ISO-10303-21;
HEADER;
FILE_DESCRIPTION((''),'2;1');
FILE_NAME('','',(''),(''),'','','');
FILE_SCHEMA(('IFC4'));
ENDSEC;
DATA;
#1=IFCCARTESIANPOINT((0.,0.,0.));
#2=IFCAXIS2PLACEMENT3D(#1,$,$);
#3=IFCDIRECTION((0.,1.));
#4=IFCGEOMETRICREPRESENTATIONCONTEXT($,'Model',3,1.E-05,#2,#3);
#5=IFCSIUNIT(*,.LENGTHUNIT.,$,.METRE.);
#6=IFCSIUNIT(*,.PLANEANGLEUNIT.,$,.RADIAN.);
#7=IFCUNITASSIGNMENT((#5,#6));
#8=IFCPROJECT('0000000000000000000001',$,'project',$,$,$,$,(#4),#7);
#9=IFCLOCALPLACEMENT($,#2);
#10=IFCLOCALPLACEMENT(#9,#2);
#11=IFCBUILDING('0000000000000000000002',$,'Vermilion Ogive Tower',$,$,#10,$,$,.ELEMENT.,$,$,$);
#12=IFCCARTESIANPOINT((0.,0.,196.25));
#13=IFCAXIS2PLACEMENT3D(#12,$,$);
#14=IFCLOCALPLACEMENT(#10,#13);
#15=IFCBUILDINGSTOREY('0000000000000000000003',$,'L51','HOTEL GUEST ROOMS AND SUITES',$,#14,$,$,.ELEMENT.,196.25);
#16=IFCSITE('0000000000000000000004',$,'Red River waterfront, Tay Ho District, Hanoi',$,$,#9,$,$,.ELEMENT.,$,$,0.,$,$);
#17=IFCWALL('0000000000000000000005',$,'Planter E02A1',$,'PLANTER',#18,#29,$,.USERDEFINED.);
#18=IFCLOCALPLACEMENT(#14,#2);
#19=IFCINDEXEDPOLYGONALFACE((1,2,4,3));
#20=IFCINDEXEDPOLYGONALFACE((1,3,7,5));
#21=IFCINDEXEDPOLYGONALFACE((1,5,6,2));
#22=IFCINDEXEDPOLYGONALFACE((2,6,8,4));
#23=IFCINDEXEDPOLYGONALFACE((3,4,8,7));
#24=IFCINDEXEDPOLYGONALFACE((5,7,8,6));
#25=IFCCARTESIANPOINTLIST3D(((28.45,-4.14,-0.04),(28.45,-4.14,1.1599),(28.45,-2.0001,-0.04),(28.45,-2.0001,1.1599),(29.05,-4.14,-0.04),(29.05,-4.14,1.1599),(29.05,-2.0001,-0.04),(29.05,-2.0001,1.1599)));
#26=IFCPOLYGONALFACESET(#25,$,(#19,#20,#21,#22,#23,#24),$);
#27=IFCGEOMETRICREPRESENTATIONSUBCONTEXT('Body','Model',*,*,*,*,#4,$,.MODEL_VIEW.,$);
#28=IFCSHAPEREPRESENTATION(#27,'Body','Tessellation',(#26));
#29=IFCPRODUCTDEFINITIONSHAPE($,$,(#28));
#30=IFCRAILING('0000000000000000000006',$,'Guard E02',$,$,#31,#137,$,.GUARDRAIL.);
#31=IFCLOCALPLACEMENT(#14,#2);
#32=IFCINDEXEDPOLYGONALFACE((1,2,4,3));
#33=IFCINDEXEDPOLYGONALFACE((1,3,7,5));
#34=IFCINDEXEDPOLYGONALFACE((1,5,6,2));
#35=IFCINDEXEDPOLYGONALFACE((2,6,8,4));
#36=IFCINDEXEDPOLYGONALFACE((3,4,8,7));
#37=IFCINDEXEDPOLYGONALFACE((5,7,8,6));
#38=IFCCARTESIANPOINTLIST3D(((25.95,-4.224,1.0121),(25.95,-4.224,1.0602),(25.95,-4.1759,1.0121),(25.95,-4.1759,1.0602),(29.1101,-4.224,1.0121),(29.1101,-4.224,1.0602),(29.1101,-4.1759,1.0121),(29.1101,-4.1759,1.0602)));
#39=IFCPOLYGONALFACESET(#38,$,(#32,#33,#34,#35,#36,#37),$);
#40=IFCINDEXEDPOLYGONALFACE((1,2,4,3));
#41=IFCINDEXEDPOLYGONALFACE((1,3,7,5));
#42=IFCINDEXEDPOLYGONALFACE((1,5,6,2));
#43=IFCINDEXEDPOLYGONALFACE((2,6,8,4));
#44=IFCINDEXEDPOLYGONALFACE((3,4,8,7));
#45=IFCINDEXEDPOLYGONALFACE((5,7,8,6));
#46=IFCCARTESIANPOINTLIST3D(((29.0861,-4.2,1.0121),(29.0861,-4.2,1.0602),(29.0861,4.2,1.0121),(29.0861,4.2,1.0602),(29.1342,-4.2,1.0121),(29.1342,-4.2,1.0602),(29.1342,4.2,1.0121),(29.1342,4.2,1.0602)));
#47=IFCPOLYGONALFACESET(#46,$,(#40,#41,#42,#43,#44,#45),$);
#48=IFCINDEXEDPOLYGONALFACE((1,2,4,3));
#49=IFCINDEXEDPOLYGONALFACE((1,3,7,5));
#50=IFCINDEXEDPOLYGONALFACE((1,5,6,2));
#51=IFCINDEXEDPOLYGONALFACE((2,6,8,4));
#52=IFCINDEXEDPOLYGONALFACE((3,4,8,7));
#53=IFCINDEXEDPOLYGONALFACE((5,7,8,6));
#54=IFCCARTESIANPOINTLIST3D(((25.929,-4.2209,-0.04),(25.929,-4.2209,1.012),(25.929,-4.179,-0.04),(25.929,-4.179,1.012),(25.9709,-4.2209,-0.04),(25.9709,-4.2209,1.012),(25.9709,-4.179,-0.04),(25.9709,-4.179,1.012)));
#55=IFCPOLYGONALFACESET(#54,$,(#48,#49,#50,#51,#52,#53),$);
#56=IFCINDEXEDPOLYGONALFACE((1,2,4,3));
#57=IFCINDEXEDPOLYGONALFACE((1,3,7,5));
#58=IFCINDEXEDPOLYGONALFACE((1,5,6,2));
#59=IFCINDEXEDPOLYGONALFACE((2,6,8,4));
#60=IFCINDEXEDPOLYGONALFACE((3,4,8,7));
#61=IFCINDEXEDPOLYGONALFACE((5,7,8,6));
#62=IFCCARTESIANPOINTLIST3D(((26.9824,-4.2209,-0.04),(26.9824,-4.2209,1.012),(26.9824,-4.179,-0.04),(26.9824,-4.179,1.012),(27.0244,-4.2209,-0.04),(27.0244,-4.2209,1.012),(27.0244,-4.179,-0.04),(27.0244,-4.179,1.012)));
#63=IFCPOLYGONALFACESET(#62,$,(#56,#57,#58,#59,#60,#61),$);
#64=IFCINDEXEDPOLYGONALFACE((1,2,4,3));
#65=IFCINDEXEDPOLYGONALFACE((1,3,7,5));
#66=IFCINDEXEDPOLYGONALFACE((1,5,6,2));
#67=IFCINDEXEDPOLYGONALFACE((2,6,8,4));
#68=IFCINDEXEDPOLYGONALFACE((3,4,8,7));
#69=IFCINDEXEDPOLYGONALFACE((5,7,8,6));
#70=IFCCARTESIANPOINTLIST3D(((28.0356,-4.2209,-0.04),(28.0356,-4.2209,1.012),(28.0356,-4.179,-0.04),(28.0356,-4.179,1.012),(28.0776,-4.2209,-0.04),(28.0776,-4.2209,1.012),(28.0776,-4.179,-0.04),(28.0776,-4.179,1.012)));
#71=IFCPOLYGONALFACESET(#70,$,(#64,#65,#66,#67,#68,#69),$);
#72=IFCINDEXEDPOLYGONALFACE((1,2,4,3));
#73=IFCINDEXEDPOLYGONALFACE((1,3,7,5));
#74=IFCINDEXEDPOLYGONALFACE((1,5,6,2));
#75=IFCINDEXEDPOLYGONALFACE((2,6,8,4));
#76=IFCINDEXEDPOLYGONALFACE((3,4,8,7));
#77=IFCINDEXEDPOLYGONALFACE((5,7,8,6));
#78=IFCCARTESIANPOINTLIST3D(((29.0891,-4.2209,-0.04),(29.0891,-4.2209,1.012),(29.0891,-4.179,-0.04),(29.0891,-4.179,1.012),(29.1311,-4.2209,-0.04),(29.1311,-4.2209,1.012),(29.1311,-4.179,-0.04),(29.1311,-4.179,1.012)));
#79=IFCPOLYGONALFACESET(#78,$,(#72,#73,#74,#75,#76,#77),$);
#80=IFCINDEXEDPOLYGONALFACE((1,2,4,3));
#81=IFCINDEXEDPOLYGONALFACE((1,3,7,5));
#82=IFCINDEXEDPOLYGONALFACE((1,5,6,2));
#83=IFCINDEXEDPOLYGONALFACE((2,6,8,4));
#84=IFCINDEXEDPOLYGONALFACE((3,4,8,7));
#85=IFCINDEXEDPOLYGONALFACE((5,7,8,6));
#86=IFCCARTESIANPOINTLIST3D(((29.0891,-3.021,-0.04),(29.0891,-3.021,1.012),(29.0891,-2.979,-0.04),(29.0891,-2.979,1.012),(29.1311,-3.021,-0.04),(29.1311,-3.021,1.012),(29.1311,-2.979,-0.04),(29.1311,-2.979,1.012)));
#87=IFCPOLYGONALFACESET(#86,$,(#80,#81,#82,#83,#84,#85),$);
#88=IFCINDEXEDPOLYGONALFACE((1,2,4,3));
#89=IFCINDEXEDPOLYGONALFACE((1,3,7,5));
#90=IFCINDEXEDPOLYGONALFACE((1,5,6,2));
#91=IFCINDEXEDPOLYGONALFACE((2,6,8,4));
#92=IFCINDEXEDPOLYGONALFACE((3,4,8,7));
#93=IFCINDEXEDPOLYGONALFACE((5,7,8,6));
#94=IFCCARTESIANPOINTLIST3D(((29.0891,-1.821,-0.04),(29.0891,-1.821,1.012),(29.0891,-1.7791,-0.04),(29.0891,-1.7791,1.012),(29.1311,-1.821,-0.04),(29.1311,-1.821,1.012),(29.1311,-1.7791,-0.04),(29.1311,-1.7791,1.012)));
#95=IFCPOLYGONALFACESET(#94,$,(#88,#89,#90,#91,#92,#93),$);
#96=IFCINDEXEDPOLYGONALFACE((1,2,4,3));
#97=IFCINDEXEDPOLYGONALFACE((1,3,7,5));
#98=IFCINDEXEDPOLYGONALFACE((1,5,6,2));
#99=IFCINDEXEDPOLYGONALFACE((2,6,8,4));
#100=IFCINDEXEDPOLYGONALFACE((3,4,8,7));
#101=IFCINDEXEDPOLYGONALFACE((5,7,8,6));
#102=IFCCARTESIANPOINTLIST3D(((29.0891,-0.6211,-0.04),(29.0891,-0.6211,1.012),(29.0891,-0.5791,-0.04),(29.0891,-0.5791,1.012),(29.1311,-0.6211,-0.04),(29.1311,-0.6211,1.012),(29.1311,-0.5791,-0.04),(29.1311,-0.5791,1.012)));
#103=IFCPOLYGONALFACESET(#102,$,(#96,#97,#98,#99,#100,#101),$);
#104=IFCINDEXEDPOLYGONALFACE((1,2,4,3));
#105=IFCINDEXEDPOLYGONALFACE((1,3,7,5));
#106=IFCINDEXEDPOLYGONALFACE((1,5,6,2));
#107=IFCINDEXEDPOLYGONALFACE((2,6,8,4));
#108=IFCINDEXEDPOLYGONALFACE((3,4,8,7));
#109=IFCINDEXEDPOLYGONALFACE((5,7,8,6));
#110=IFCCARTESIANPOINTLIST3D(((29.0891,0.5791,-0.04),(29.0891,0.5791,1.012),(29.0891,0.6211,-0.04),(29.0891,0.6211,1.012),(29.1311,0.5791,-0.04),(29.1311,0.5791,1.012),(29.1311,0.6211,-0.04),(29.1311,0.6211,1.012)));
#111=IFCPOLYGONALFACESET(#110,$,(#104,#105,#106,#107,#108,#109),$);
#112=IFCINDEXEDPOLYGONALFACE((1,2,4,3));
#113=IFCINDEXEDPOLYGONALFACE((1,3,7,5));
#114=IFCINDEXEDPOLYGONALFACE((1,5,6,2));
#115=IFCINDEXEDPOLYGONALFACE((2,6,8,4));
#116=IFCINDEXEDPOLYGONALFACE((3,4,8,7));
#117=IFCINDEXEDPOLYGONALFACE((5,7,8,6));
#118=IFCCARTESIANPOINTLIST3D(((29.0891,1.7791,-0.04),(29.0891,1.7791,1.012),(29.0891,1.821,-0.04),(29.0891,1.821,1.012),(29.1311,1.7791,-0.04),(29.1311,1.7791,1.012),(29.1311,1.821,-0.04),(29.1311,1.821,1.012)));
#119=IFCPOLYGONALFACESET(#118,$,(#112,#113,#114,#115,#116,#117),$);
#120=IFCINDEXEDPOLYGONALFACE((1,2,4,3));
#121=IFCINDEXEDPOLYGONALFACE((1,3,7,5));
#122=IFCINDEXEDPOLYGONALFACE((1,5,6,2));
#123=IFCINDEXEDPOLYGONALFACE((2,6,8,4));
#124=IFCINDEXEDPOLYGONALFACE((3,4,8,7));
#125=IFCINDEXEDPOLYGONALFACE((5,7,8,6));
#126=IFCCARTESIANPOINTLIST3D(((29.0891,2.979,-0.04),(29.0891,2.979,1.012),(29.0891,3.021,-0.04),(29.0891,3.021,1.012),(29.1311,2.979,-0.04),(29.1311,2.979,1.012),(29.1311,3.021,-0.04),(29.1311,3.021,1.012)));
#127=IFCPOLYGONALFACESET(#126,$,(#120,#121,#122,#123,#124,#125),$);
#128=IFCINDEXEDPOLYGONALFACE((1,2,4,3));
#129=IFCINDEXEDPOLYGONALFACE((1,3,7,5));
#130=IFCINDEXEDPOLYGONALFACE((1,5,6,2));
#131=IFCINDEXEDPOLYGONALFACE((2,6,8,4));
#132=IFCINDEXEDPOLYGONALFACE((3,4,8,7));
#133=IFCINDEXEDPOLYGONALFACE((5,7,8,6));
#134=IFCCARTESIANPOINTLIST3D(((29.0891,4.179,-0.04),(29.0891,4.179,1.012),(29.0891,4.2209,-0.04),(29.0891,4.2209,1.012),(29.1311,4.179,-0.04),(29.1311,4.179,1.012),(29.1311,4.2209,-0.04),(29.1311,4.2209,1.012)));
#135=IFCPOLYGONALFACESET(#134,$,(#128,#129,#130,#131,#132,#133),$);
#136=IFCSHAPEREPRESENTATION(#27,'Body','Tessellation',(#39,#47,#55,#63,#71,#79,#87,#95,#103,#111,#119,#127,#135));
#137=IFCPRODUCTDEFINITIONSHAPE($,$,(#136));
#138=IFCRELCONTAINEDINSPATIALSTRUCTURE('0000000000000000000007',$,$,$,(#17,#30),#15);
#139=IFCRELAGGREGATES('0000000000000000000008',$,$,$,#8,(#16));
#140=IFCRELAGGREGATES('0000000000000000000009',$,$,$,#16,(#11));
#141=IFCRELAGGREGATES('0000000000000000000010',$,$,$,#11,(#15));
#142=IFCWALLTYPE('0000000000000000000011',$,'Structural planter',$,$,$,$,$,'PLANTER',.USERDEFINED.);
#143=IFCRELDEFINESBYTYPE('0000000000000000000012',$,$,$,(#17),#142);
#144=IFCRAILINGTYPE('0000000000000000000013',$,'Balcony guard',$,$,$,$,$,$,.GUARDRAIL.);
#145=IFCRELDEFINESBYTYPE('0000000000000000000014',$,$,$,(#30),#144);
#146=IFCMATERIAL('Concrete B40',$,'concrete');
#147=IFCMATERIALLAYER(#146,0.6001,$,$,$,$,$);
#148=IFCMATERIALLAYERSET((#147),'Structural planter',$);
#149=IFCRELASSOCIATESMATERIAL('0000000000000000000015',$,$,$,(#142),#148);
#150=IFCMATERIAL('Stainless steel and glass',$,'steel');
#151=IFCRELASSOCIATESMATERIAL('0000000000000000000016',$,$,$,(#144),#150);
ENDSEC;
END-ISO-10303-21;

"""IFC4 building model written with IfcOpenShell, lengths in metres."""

from ifc_helpers import new_model, si_unit, direction, frame, frame_2d, origin, origin_2d, place, context, subcontext, project, spatial, rectangle, extrude, material, layer, layer_set, type_object, element, save


model = new_model("IFC4")

# Units and contexts
model_context = context("Model", 3, precision=1e-05, world=origin(), true_north=direction((0.0, 1.0)))
body_context = subcontext(model_context, "Body", "Model", "MODEL_VIEW")
ifc_project = project(units=[si_unit("LENGTHUNIT", "METRE"), si_unit("PLANEANGLEUNIT", "RADIAN")], contexts=[model_context])

# Site, building, storey
site_placement = place(None, origin())
site = spatial("IfcSite", under=ifc_project, at=site_placement, Name="Red River waterfront, Tay Ho District, Hanoi", CompositionType="ELEMENT", RefElevation=0.0)
building_placement = place(site_placement, origin())
building = spatial("IfcBuilding", under=site, at=building_placement, Name="Vermilion Ogive Tower", CompositionType="ELEMENT")
storey_placement = place(building_placement, frame((0.0, 0.0, 196.25)))
storey = spatial("IfcBuildingStorey", under=building, at=storey_placement, Name="L51", Description="HOTEL GUEST ROOMS AND SUITES", CompositionType="ELEMENT", Elevation=196.25)

# Wall
ifc_material_1 = material(Name="Concrete B40", Category="concrete")
ifc_layer_1 = layer(ifc_material_1, 0.6001)
ifc_layer_set_1 = layer_set([ifc_layer_1], Name="Structural planter")
wall_type_1 = type_object("IfcWallType", Name="Structural planter", ElementType="PLANTER", PredefinedType="USERDEFINED", material=ifc_layer_set_1)
wall_1_placement = place(storey_placement, frame((28.75, -4.1399, -0.04), z_axis=(0.0, 0.0, 1.0), x_axis=(0.0, 1.0, 0.0)))
element("IfcWall", 1, at=wall_1_placement, inside=storey, type_object=wall_type_1, Name="Planter E02A1", ObjectType="PLANTER", PredefinedType="USERDEFINED", context=body_context, shape_type="SweptSolid", body=[
    extrude(rectangle(XDim=2.1399, YDim=0.6001, at=frame_2d((1.0698, 0.0))), origin(), (0.0, 0.0, 1.0), 1.2),
])

# Railing
ifc_material_2 = material(Name="Stainless steel and glass", Category="steel")
railing_type = type_object("IfcRailingType", Name="Balcony guard", PredefinedType="GUARDRAIL", material=ifc_material_2)
railing_placement = place(storey_placement, frame((25.95, -4.2, -0.04)))
element("IfcRailing", 2, at=railing_placement, inside=storey, type_object=railing_type, Name="Guard E02", PredefinedType="GUARDRAIL", context=body_context, shape_type="SweptSolid", body=[
    extrude(rectangle(XDim=0.0481, YDim=0.0481, at=origin_2d()), frame((0.0, 0.0, 1.0762), z_axis=(1.0, 0.0, 0.0), x_axis=(0.0, 1.0, 0.0)), (0.0, 0.0, 1.0), 3.1602),
    extrude(rectangle(XDim=0.0481, YDim=0.0481, at=origin_2d()), frame((3.1602, 0.0, 1.0762), z_axis=(0.0, 1.0, 0.0), x_axis=(-1.0, 0.0, 0.0)), (0.0, 0.0, 1.0), 8.3999),
    extrude(rectangle(XDim=0.042, YDim=0.042, at=origin_2d()), origin(), (0.0, 0.0, 1.0), 1.052),
    extrude(rectangle(XDim=0.042, YDim=0.042, at=origin_2d()), frame((1.0535, 0.0, 0.0)), (0.0, 0.0, 1.0), 1.052),
    extrude(rectangle(XDim=0.042, YDim=0.042, at=origin_2d()), frame((2.1067, 0.0, 0.0)), (0.0, 0.0, 1.0), 1.052),
    extrude(rectangle(XDim=0.042, YDim=0.042, at=origin_2d()), frame((3.1602, 0.0, 0.0)), (0.0, 0.0, 1.0), 1.052),
    extrude(rectangle(XDim=0.042, YDim=0.042, at=origin_2d()), frame((3.1602, 1.2, 0.0)), (0.0, 0.0, 1.0), 1.052),
    extrude(rectangle(XDim=0.042, YDim=0.042, at=origin_2d()), frame((3.1602, 2.3999, 0.0)), (0.0, 0.0, 1.0), 1.052),
    extrude(rectangle(XDim=0.042, YDim=0.042, at=origin_2d()), frame((3.1602, 3.5999, 0.0)), (0.0, 0.0, 1.0), 1.052),
    extrude(rectangle(XDim=0.042, YDim=0.042, at=origin_2d()), frame((3.1602, 4.8, 0.0)), (0.0, 0.0, 1.0), 1.052),
    extrude(rectangle(XDim=0.042, YDim=0.042, at=origin_2d()), frame((3.1602, 6.0, 0.0)), (0.0, 0.0, 1.0), 1.052),
    extrude(rectangle(XDim=0.042, YDim=0.042, at=origin_2d()), frame((3.1602, 7.2, 0.0)), (0.0, 0.0, 1.0), 1.052),
    extrude(rectangle(XDim=0.042, YDim=0.042, at=origin_2d()), frame((3.1602, 8.3999, 0.0)), (0.0, 0.0, 1.0), 1.052),
])

save(model, "model.ifc")
